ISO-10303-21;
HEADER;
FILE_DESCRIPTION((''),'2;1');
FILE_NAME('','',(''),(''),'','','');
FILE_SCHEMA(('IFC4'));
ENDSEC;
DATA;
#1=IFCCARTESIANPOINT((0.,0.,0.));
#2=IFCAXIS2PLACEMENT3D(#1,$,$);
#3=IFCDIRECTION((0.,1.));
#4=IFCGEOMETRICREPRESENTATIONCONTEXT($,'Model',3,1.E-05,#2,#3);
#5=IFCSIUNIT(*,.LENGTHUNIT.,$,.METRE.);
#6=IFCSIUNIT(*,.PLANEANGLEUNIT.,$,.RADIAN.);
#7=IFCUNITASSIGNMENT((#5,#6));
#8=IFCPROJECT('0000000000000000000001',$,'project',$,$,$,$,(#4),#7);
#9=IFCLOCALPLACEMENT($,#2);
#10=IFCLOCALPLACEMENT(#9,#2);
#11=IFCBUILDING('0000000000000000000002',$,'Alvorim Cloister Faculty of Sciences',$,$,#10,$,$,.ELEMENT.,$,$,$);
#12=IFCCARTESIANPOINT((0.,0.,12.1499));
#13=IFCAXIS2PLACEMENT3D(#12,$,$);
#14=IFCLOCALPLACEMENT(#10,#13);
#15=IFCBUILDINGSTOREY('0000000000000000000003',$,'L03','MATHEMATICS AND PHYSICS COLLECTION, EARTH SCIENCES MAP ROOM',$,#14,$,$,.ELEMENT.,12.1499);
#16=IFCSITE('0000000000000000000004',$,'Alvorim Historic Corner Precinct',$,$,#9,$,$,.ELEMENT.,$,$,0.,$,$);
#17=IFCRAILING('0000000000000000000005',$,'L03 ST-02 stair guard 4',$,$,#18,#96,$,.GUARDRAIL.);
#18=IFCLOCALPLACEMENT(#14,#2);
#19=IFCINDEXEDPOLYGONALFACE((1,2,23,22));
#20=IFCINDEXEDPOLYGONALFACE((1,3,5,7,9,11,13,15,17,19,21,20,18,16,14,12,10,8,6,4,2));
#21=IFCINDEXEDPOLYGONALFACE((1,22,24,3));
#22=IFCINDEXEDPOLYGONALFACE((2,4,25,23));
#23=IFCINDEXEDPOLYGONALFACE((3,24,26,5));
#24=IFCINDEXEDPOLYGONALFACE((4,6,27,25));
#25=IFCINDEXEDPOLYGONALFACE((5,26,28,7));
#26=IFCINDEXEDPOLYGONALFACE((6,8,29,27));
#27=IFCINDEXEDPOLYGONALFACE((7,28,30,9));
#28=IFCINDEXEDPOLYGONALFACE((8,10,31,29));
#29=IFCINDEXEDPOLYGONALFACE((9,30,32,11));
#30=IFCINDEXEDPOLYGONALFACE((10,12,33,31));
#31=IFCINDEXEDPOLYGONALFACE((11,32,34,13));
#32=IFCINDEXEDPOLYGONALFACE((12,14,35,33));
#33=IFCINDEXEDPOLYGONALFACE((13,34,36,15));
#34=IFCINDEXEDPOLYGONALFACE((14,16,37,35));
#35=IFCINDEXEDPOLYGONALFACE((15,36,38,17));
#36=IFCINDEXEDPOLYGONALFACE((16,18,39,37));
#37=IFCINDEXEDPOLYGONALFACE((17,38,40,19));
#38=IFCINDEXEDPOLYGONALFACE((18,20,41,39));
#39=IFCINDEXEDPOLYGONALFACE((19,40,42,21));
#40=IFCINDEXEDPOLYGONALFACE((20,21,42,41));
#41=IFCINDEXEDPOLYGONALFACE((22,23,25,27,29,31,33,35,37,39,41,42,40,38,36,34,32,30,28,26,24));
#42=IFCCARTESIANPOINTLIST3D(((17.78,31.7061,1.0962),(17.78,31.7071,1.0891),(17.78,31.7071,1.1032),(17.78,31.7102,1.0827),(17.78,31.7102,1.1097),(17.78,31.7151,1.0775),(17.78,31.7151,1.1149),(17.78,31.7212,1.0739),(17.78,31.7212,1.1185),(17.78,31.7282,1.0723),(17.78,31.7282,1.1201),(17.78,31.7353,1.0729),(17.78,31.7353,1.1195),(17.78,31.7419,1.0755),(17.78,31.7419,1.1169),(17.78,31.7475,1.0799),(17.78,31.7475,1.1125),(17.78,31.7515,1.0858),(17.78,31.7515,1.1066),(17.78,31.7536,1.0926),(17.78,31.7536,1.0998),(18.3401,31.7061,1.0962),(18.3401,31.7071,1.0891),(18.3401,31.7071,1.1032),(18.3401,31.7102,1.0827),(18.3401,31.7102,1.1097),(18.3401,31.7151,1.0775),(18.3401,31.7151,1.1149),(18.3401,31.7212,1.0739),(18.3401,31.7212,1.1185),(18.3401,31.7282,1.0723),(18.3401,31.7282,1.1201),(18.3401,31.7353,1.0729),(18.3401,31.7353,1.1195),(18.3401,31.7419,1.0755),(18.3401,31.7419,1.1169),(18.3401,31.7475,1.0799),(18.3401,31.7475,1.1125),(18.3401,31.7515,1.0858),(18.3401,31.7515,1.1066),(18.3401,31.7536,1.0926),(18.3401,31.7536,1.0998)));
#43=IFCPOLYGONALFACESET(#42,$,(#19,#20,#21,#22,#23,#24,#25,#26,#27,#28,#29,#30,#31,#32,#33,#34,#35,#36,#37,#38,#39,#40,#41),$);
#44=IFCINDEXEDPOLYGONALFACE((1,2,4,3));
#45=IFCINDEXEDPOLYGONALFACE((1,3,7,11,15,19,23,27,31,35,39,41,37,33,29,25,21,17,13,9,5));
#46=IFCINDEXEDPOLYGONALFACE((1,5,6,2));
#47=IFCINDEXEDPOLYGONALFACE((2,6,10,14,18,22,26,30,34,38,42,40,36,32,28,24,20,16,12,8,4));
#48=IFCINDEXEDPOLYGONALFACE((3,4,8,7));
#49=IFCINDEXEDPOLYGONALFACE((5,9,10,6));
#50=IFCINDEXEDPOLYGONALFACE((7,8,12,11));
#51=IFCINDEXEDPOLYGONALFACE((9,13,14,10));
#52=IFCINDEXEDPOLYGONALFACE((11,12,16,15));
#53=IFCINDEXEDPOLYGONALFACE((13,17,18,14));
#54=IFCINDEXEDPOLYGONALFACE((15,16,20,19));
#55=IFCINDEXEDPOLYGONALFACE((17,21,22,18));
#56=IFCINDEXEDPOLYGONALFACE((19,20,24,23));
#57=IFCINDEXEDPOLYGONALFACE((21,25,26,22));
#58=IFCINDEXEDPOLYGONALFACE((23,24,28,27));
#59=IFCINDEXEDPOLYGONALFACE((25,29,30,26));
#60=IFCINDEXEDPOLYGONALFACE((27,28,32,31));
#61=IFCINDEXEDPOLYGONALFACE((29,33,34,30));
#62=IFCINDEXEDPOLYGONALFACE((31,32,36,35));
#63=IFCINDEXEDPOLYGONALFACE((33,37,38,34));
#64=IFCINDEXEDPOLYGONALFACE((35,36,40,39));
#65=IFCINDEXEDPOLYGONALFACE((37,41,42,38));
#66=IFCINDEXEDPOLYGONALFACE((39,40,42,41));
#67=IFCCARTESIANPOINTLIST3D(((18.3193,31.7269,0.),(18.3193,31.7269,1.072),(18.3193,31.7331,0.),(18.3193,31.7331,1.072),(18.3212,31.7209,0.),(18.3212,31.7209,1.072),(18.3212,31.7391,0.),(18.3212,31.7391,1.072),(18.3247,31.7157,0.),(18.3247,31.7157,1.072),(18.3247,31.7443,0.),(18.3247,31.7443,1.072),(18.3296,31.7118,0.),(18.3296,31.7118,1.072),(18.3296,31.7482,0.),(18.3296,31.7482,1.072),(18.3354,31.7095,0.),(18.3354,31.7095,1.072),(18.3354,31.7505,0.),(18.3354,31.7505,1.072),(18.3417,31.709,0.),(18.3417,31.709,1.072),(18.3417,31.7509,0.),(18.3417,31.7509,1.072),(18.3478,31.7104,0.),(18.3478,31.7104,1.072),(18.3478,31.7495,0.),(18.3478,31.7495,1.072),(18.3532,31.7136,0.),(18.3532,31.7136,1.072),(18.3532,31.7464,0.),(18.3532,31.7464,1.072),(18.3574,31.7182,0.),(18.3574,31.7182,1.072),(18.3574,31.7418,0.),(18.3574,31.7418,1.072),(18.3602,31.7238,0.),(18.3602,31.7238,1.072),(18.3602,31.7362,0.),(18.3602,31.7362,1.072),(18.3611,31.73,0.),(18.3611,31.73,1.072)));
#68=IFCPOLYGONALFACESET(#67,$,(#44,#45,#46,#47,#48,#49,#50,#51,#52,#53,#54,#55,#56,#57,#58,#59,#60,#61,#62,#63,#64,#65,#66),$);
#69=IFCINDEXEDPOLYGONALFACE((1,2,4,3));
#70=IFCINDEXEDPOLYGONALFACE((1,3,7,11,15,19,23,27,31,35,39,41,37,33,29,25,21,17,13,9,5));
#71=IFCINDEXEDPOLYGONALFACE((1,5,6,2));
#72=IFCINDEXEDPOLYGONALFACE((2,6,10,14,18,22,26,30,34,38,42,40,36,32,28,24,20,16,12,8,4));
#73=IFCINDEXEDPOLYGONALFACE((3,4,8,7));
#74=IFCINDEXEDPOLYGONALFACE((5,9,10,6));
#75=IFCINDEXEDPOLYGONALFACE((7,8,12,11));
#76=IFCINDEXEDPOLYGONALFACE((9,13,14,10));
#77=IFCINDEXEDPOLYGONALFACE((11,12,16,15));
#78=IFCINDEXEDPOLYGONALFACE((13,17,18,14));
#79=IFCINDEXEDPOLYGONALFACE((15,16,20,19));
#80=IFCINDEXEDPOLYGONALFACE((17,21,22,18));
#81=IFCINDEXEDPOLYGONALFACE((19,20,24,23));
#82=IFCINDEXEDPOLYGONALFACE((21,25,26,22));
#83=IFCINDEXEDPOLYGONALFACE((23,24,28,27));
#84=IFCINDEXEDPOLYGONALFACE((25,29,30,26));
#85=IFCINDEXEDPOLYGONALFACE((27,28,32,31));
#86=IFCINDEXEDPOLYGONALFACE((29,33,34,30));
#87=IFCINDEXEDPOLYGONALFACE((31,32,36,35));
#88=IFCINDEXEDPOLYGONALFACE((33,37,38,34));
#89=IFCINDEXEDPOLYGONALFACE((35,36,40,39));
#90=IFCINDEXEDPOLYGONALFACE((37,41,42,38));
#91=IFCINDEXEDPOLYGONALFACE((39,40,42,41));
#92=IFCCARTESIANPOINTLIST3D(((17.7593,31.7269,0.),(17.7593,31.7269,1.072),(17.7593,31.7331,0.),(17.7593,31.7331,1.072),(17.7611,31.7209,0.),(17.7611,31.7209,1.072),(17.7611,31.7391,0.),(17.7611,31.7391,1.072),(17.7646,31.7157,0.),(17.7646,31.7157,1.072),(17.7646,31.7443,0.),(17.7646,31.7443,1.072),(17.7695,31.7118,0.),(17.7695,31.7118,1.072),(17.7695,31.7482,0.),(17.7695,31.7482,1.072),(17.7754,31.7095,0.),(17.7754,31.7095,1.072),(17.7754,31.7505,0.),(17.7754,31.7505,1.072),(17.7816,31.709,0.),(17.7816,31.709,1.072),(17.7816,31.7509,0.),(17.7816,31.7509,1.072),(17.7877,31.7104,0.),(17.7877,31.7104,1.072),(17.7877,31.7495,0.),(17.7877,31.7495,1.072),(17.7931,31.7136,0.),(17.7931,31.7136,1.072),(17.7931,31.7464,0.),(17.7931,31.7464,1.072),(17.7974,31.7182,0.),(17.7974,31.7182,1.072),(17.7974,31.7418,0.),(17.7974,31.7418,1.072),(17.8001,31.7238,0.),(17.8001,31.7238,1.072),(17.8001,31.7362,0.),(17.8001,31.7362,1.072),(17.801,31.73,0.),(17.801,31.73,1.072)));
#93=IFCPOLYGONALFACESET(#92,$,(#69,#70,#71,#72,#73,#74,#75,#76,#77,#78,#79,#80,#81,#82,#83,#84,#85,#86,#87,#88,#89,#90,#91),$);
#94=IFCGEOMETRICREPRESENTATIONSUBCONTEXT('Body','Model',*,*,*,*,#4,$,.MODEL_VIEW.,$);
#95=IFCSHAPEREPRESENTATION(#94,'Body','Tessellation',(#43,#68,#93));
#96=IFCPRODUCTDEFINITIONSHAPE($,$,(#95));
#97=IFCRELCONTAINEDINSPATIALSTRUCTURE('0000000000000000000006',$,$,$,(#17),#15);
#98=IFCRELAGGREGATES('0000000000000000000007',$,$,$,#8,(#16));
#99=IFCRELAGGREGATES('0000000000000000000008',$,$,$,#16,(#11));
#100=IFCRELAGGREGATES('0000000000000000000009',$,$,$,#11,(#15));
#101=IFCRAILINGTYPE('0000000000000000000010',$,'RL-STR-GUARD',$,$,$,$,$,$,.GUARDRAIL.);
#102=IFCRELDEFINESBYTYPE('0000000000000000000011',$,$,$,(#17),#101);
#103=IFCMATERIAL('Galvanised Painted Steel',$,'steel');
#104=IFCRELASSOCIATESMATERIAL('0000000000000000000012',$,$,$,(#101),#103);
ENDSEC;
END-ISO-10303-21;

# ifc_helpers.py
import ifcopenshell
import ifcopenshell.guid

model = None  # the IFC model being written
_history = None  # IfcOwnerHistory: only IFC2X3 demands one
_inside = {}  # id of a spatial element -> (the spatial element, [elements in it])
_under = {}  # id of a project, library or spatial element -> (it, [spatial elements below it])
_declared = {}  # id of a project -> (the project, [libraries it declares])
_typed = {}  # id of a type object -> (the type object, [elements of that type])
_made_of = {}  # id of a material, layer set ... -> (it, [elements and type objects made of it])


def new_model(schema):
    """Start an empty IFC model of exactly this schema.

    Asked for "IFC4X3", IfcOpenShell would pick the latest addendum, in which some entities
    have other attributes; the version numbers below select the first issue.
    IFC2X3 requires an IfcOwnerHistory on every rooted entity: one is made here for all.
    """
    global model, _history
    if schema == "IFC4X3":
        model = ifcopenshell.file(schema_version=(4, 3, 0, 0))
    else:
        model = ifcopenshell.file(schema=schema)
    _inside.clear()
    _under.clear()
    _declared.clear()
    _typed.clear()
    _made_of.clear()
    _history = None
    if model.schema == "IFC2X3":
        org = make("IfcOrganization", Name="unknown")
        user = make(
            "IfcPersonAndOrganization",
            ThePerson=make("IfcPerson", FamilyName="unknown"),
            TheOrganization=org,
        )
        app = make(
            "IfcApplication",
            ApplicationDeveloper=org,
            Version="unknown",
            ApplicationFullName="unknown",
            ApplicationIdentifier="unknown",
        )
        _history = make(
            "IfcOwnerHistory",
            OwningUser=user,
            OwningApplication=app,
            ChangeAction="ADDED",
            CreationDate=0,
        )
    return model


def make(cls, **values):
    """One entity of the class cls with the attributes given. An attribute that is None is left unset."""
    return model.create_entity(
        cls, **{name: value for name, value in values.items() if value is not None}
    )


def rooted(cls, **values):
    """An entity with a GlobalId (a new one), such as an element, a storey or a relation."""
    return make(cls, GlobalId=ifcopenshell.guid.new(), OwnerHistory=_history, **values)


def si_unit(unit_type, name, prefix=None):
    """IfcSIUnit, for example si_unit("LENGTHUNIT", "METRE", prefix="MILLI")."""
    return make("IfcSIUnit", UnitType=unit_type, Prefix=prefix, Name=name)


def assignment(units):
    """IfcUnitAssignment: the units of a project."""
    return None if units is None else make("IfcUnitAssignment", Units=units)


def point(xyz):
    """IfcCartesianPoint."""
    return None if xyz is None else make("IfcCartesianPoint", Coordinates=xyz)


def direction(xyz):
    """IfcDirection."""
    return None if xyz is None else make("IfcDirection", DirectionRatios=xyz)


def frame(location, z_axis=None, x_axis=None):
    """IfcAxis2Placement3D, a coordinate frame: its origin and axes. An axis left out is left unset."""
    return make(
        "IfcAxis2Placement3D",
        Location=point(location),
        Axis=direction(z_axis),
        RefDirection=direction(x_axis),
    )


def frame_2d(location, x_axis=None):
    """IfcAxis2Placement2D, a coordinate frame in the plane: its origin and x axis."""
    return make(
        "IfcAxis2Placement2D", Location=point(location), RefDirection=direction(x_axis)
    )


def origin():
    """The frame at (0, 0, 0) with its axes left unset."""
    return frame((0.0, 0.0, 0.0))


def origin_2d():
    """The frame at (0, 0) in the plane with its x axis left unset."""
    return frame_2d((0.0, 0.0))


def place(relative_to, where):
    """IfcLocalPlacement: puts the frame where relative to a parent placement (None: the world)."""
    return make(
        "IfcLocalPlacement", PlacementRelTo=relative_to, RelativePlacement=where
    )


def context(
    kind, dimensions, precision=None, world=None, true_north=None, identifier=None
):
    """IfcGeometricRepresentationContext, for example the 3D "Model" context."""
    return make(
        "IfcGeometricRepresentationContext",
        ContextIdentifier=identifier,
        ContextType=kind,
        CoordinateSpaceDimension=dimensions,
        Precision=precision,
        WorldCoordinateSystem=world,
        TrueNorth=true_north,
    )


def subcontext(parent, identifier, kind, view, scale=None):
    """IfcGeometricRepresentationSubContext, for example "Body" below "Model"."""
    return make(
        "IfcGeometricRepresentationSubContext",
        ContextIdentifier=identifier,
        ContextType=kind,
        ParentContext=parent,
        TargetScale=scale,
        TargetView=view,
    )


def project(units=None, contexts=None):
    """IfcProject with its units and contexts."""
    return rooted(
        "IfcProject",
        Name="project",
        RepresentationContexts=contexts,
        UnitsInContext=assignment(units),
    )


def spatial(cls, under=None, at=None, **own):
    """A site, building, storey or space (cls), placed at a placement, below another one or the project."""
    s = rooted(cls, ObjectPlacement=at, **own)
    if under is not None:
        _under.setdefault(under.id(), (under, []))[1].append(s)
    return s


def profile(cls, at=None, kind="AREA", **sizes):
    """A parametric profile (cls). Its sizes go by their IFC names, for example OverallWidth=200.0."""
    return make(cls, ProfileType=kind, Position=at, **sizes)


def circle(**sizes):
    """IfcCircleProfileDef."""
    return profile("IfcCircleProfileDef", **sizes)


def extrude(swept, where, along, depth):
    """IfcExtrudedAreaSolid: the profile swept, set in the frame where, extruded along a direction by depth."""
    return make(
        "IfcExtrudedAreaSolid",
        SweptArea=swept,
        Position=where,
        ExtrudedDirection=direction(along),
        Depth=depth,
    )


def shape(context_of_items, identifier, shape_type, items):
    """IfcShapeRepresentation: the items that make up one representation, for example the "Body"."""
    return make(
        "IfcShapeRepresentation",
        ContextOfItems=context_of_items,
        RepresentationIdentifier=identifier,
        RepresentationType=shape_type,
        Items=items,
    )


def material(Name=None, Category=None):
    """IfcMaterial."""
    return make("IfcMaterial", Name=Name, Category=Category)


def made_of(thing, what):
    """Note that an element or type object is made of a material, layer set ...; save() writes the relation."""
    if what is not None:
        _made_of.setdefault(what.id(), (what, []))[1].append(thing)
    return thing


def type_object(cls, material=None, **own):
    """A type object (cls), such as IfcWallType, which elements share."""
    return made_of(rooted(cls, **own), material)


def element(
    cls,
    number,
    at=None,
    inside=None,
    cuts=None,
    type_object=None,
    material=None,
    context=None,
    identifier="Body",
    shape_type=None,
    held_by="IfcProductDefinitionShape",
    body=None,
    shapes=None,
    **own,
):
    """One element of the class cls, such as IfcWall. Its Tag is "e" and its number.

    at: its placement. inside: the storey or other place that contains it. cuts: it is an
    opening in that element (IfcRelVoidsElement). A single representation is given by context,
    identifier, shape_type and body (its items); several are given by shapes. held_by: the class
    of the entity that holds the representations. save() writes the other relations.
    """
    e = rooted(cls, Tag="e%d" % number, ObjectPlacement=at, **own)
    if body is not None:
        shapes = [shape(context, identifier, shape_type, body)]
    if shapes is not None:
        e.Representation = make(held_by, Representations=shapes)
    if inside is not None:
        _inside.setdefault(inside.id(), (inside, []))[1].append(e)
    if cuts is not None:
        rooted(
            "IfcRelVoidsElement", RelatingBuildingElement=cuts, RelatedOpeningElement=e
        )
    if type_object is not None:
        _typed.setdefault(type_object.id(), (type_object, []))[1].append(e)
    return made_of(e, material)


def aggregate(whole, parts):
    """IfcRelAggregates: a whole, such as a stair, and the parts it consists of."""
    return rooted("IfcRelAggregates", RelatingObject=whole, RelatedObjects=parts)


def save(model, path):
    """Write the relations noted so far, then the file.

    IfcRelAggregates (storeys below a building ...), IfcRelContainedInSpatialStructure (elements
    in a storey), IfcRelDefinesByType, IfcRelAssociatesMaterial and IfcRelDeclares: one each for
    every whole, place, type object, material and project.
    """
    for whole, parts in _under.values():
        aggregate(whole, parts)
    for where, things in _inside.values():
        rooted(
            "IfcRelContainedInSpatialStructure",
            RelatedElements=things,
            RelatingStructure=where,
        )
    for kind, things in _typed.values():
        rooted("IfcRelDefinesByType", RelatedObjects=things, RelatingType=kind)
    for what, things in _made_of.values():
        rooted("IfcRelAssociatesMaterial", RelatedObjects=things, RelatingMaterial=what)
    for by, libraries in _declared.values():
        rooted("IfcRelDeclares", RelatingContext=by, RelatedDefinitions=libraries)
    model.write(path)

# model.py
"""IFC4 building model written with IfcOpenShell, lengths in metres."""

from ifc_helpers import new_model, si_unit, direction, frame, origin, origin_2d, place, context, subcontext, project, spatial, circle, extrude, material, type_object, element, save


model = new_model("IFC4")

# Units and contexts
model_context = context("Model", 3, precision=1e-05, world=origin(), true_north=direction((0.0, 1.0)))
body_context = subcontext(model_context, "Body", "Model", "MODEL_VIEW")
ifc_project = project(units=[si_unit("LENGTHUNIT", "METRE"), si_unit("PLANEANGLEUNIT", "RADIAN")], contexts=[model_context])

# Site, building, storey
site_placement = place(None, origin())
site = spatial("IfcSite", under=ifc_project, at=site_placement, Name="Alvorim Historic Corner Precinct", CompositionType="ELEMENT", RefElevation=0.0)
building_placement = place(site_placement, origin())
building = spatial("IfcBuilding", under=site, at=building_placement, Name="Alvorim Cloister Faculty of Sciences", CompositionType="ELEMENT")
storey_placement = place(building_placement, frame((0.0, 0.0, 12.1499)))
storey = spatial("IfcBuildingStorey", under=building, at=storey_placement, Name="L03", Description="MATHEMATICS AND PHYSICS COLLECTION, EARTH SCIENCES MAP ROOM", CompositionType="ELEMENT", Elevation=12.1499)

# Railing
ifc_material_1 = material(Name="Galvanised Painted Steel", Category="steel")
railing_type_1 = type_object("IfcRailingType", Name="RL-STR-GUARD", PredefinedType="GUARDRAIL", material=ifc_material_1)
railing_1_placement = place(storey_placement, frame((18.3401, 31.73, 0.0)))
element("IfcRailing", 1, at=railing_1_placement, inside=storey, type_object=railing_type_1, Name="L03 ST-02 stair guard 4", PredefinedType="GUARDRAIL", context=body_context, shape_type="SweptSolid", body=[
    extrude(circle(Radius=0.0239, at=origin_2d()), frame((0.0, 0.0, 1.0962), z_axis=(-1.0, 0.0, 0.0), x_axis=(0.0, -1.0, 0.0)), (0.0, 0.0, 1.0), 0.5601),
    extrude(circle(Radius=0.021, at=origin_2d()), origin(), (0.0, 0.0, 1.0), 1.072),
    extrude(circle(Radius=0.021, at=origin_2d()), frame((-0.5601, 0.0, 0.0)), (0.0, 0.0, 1.0), 1.072),
])

save(model, "model.ifc")
